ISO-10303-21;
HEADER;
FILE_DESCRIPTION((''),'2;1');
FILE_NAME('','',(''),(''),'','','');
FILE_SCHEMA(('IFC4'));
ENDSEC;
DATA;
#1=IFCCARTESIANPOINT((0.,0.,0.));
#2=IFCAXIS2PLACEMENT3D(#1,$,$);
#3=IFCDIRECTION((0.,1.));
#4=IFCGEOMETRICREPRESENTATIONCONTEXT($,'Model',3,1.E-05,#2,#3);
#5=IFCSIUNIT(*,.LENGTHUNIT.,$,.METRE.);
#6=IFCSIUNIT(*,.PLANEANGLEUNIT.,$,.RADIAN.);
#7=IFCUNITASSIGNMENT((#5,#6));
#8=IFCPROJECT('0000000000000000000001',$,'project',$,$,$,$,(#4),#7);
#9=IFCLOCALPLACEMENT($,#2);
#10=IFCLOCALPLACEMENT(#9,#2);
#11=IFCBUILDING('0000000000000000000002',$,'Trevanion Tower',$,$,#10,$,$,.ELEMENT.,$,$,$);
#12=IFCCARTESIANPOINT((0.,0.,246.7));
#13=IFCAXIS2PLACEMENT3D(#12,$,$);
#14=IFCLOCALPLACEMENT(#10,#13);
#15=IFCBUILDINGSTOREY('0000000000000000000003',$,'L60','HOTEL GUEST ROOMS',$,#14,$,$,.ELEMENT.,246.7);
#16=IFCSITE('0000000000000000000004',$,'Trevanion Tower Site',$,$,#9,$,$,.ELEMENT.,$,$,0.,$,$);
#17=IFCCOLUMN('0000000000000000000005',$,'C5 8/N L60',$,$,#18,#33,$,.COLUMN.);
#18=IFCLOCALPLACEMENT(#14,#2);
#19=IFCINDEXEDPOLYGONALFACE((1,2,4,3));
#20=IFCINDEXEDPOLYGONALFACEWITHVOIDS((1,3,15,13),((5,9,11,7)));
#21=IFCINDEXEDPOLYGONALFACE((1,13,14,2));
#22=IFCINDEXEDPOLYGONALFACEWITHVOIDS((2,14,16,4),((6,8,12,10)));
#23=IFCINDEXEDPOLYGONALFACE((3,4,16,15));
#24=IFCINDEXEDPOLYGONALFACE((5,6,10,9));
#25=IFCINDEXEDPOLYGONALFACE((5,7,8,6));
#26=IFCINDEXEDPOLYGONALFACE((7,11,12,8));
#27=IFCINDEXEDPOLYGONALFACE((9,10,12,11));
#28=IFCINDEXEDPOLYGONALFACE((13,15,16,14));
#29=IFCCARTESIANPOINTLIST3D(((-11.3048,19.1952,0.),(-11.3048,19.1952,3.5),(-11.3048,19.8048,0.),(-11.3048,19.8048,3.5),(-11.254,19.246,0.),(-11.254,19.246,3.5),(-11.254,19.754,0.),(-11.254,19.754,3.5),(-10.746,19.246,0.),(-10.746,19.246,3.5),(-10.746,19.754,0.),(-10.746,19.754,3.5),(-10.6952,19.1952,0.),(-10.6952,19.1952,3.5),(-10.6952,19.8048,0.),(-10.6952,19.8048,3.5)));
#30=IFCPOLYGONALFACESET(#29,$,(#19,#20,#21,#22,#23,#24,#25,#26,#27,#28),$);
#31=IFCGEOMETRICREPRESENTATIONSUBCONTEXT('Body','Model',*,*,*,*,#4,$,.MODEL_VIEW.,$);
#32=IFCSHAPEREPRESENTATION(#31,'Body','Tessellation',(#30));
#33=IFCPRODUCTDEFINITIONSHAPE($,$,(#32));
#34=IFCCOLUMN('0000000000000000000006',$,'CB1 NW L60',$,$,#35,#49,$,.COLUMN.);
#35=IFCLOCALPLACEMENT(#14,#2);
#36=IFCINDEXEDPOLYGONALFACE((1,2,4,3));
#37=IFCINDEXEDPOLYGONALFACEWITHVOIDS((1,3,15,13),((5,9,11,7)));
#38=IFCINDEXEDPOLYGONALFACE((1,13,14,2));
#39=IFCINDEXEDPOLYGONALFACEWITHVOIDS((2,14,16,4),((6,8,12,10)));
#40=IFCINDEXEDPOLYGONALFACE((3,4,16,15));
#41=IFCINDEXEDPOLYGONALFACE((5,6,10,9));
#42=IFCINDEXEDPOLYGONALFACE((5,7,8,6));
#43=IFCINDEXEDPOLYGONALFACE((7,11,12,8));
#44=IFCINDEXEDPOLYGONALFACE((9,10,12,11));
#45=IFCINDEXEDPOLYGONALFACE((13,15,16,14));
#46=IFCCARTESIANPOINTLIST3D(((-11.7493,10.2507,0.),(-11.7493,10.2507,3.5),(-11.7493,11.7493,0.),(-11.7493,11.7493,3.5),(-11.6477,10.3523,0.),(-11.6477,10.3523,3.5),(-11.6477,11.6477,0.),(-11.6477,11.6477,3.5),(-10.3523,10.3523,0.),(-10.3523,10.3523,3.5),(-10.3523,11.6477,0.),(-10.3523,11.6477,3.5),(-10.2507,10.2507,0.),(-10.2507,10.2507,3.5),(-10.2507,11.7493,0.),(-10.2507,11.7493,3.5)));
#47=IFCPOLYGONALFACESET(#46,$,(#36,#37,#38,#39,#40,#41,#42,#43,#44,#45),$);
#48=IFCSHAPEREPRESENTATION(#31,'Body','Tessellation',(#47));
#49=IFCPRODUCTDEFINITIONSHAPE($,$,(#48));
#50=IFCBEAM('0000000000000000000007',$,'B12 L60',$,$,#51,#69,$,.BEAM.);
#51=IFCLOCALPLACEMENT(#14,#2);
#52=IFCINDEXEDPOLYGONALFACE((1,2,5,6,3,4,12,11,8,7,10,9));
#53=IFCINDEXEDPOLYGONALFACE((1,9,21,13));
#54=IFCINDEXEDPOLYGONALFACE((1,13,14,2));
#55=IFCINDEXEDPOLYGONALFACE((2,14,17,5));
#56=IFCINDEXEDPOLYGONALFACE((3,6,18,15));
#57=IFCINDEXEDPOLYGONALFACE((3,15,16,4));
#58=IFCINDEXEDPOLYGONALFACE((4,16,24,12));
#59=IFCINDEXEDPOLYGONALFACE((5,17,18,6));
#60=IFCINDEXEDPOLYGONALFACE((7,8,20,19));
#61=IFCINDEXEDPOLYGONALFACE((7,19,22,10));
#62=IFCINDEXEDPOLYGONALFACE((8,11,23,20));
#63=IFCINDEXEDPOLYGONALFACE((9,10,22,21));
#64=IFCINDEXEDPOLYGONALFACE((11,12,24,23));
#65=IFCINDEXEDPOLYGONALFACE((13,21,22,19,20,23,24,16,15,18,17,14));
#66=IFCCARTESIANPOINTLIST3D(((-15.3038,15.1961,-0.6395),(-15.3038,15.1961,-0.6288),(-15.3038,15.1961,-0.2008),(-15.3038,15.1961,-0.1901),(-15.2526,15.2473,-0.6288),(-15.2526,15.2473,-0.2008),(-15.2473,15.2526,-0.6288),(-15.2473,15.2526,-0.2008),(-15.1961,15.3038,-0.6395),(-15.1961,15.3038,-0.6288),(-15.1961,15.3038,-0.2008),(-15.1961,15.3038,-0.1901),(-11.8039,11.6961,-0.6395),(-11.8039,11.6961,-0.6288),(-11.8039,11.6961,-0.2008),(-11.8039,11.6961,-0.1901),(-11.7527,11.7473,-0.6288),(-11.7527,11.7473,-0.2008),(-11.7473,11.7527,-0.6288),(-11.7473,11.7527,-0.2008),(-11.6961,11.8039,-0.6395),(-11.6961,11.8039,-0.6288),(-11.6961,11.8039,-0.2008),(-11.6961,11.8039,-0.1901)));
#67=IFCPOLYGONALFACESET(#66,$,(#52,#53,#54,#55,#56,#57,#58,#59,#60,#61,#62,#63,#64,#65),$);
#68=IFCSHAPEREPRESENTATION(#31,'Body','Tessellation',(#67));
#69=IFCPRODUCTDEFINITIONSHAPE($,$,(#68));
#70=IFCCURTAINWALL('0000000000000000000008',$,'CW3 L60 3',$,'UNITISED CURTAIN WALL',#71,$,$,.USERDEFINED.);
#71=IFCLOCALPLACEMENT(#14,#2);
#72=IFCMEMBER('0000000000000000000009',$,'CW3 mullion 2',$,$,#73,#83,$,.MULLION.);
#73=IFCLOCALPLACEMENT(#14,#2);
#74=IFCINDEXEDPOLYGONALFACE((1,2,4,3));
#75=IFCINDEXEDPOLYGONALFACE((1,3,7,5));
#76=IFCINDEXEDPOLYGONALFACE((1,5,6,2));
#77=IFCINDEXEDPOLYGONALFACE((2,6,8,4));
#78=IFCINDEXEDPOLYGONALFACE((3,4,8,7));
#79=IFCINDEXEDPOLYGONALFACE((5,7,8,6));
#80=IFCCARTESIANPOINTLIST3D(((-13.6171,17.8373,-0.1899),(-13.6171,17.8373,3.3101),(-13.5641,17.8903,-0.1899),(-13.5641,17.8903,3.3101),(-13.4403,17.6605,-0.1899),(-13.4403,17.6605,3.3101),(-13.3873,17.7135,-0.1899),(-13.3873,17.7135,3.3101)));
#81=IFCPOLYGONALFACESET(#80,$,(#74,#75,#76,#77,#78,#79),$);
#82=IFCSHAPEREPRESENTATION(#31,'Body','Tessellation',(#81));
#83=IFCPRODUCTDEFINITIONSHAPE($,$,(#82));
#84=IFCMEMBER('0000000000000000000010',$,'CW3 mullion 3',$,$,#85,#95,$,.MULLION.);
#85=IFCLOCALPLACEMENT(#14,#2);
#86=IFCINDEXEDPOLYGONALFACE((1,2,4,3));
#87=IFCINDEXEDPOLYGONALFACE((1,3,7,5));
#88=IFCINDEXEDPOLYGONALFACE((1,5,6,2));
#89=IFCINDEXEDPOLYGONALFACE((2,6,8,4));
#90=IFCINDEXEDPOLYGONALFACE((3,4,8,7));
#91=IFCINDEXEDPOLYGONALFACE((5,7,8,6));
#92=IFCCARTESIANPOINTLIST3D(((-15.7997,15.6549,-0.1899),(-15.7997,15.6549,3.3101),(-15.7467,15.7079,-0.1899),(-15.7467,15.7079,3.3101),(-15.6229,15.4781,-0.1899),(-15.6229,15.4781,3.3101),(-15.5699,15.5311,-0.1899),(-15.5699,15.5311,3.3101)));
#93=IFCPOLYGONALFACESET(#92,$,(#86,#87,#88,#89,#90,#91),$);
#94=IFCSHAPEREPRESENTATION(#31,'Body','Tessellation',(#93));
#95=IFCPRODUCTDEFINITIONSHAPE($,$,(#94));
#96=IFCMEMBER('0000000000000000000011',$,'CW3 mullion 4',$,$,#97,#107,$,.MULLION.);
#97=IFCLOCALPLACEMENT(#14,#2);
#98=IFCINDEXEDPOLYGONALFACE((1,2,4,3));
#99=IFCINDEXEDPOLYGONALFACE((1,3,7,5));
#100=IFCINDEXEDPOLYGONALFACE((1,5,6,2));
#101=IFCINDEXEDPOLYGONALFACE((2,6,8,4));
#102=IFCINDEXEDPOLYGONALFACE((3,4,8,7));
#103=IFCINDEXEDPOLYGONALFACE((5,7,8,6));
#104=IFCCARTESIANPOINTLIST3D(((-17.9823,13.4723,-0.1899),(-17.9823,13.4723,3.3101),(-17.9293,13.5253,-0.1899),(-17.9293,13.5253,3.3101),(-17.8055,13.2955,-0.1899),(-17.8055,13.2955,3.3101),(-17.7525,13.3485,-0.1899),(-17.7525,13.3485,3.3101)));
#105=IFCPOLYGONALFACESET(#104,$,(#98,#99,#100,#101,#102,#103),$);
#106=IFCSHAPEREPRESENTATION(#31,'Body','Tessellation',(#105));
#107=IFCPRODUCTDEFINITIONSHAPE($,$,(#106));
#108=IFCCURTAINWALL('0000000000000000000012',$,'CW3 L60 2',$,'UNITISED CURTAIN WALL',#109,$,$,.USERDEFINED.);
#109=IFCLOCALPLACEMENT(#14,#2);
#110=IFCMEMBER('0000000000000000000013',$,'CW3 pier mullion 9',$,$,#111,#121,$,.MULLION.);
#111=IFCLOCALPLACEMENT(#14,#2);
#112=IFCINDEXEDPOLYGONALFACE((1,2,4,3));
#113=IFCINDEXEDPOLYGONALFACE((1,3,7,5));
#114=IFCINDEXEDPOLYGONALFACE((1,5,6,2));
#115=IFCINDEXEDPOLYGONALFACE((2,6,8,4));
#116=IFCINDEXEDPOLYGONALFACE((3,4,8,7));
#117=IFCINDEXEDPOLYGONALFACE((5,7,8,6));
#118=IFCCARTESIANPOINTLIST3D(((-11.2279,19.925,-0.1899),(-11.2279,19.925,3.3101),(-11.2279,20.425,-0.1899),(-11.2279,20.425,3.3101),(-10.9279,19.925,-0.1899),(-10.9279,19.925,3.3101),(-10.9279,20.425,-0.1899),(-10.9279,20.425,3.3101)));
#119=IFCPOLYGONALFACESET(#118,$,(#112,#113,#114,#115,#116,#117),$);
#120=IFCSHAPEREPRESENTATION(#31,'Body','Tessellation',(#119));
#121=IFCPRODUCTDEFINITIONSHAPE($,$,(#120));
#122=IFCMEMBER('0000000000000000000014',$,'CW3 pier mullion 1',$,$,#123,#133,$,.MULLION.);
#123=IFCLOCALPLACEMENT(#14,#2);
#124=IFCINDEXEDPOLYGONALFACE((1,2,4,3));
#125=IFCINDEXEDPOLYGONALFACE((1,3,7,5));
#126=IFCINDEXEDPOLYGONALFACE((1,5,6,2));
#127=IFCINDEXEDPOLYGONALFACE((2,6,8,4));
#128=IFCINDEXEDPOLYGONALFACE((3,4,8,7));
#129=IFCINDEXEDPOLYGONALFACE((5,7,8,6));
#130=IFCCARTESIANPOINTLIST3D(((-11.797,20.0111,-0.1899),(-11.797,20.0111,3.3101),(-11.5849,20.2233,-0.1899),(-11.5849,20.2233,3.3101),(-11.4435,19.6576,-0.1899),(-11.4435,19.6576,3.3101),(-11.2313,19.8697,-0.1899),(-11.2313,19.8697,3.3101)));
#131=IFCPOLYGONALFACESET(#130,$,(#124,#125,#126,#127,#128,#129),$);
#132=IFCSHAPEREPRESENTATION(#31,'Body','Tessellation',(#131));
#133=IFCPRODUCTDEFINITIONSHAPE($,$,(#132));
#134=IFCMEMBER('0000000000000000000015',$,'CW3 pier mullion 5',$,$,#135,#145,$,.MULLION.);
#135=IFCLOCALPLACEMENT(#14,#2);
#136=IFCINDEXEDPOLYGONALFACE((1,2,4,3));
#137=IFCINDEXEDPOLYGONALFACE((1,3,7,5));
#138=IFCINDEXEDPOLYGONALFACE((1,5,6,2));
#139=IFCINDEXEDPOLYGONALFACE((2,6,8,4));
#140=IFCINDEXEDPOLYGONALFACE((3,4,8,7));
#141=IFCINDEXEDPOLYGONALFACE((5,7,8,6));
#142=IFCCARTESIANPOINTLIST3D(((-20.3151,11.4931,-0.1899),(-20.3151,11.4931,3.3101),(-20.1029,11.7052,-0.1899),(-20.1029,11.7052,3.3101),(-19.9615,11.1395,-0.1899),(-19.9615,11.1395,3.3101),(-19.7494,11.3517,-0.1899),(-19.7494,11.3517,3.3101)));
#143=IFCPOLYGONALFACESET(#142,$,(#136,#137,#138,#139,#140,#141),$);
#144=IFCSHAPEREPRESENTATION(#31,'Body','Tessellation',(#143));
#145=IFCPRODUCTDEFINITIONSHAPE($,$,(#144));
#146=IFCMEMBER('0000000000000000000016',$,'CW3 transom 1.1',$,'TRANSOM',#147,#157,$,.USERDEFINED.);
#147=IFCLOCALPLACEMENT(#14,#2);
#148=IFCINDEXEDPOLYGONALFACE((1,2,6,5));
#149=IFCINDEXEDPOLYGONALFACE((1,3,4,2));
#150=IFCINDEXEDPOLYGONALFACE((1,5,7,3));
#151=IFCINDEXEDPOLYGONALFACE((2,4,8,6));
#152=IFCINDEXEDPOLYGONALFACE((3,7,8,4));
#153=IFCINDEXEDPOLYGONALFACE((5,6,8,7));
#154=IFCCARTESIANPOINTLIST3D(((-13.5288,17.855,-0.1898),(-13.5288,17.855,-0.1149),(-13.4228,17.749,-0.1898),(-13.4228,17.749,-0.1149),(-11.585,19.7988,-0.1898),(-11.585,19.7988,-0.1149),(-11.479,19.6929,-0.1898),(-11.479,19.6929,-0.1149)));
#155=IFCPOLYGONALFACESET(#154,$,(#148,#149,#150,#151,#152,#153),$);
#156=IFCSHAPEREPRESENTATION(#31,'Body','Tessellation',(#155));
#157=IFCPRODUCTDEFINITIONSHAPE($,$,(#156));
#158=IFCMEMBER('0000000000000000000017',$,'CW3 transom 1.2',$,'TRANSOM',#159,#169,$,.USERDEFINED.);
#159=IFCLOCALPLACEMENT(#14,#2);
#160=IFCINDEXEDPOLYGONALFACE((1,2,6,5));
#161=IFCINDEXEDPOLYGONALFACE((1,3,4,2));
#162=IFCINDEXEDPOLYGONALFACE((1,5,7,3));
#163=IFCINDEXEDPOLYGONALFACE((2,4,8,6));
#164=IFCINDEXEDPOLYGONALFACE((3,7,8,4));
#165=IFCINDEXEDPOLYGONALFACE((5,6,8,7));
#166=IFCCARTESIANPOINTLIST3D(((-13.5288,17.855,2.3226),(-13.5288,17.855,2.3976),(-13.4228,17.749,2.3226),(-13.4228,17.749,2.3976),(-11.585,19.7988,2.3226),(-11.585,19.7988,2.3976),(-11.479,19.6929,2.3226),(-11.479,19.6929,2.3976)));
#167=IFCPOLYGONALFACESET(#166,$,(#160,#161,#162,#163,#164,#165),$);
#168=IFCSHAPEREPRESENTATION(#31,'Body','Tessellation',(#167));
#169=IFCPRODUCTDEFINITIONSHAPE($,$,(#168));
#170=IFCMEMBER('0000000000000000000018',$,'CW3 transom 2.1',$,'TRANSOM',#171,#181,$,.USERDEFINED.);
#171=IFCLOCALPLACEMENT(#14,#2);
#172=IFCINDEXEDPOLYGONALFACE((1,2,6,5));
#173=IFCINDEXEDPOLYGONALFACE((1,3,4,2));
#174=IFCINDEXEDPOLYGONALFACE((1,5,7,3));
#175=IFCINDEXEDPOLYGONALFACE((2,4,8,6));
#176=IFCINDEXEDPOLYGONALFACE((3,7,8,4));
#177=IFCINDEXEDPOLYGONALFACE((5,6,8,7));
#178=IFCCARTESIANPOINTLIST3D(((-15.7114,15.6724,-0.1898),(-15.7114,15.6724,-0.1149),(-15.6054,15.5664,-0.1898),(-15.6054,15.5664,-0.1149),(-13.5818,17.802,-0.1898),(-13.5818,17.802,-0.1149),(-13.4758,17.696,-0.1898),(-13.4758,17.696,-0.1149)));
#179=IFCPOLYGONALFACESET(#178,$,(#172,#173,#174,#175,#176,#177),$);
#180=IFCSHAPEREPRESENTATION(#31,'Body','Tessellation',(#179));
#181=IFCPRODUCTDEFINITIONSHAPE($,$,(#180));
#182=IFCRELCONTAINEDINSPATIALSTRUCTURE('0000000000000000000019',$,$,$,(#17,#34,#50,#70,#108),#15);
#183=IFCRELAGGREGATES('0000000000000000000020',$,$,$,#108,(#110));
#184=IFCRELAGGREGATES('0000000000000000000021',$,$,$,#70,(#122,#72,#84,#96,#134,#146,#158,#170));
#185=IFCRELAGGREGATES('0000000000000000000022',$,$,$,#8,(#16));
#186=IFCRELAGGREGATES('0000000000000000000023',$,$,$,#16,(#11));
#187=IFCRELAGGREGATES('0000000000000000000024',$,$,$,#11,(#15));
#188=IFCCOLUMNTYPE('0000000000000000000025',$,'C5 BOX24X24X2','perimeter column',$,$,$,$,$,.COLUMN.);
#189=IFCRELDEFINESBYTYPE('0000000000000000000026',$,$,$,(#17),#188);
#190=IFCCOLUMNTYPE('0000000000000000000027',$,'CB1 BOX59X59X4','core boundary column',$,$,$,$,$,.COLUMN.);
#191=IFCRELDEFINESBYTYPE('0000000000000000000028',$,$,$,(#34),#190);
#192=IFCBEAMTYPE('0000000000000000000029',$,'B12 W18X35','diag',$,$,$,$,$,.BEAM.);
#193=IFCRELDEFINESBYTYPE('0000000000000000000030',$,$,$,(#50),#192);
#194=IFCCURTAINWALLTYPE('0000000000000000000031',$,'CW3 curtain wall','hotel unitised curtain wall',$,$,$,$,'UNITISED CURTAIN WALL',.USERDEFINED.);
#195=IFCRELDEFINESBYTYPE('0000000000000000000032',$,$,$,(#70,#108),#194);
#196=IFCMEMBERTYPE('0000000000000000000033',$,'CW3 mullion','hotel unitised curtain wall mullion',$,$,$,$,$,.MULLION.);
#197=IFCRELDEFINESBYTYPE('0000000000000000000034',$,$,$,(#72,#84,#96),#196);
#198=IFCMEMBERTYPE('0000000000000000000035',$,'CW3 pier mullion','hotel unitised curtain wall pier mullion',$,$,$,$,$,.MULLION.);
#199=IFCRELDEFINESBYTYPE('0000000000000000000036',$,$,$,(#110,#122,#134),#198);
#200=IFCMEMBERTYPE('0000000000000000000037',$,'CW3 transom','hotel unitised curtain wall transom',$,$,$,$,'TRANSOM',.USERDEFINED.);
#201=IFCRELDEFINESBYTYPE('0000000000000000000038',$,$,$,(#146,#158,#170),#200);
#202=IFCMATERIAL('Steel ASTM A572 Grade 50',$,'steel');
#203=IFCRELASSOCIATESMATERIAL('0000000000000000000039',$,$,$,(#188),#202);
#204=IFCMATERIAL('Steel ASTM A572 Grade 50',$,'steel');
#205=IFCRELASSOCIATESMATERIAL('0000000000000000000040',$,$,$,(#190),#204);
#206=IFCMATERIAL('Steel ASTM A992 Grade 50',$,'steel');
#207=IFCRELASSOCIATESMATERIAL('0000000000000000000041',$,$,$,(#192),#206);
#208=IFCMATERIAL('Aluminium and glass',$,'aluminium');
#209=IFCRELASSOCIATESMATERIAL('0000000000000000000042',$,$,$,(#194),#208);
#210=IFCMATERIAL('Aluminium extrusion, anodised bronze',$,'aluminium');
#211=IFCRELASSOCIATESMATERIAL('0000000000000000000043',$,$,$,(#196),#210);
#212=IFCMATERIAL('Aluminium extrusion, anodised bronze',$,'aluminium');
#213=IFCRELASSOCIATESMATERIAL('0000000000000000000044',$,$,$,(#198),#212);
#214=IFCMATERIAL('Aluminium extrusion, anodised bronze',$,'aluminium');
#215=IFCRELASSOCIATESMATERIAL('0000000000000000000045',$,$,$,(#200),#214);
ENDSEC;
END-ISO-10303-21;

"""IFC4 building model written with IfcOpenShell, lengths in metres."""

from ifc_helpers import new_model, si_unit, direction, frame, origin, origin_2d, place, context, subcontext, project, spatial, rectangle, hollow_rectangle, i_section, extrude, material, material_profile, profile_set, type_object, element, aggregate, save


model = new_model("IFC4")

# Units and contexts
model_context = context("Model", 3, precision=1e-05, world=origin(), true_north=direction((0.0, 1.0)))
body_context = subcontext(model_context, "Body", "Model", "MODEL_VIEW")
ifc_project = project(units=[si_unit("LENGTHUNIT", "METRE"), si_unit("PLANEANGLEUNIT", "RADIAN")], contexts=[model_context])

# Site, building, storey
site_placement = place(None, origin())
site = spatial("IfcSite", under=ifc_project, at=site_placement, Name="Trevanion Tower Site", CompositionType="ELEMENT", RefElevation=0.0)
building_placement = place(site_placement, origin())
building = spatial("IfcBuilding", under=site, at=building_placement, Name="Trevanion Tower", CompositionType="ELEMENT")
storey_placement = place(building_placement, frame((0.0, 0.0, 246.7)))
storey = spatial("IfcBuildingStorey", under=building, at=storey_placement, Name="L60", Description="HOTEL GUEST ROOMS", CompositionType="ELEMENT", Elevation=246.7)

# Columns
ifc_material_1 = material(Name="Steel ASTM A572 Grade 50", Category="steel")
ifc_material_profile_1 = material_profile(ifc_material_1, hollow_rectangle(XDim=0.6096, YDim=0.6096, WallThickness=0.0508, at=origin_2d()), Name="BOX24X24X2")
ifc_profile_set_1 = profile_set([ifc_material_profile_1], Name="Steel ASTM A572 Grade 50")
column_type_1 = type_object("IfcColumnType", Name="C5 BOX24X24X2", Description="perimeter column", PredefinedType="COLUMN", material=ifc_profile_set_1)
column_1_placement = place(storey_placement, frame((-11.0, 19.5, 0.0), z_axis=(0.0, 0.0, 1.0), x_axis=(1.0, 0.0, 0.0)))
element("IfcColumn", 1, at=column_1_placement, inside=storey, type_object=column_type_1, Name="C5 8/N L60", PredefinedType="COLUMN", context=body_context, shape_type="SweptSolid", body=[
    extrude(hollow_rectangle(XDim=0.6096, YDim=0.6096, WallThickness=0.0508, at=origin_2d()), origin(), (0.0, 0.0, 1.0), 3.5),
])
ifc_material_2 = material(Name="Steel ASTM A572 Grade 50", Category="steel")
ifc_material_profile_2 = material_profile(ifc_material_2, hollow_rectangle(XDim=1.4985, YDim=1.4985, WallThickness=0.1016, at=origin_2d()), Name="BOX59X59X4")
ifc_profile_set_2 = profile_set([ifc_material_profile_2], Name="Steel ASTM A572 Grade 50")
column_type_2 = type_object("IfcColumnType", Name="CB1 BOX59X59X4", Description="core boundary column", PredefinedType="COLUMN", material=ifc_profile_set_2)
column_2_placement = place(storey_placement, frame((-11.0, 11.0, 0.0), z_axis=(0.0, 0.0, 1.0), x_axis=(1.0, 0.0, 0.0)))
element("IfcColumn", 2, at=column_2_placement, inside=storey, type_object=column_type_2, Name="CB1 NW L60", PredefinedType="COLUMN", context=body_context, shape_type="SweptSolid", body=[
    extrude(hollow_rectangle(XDim=1.4985, YDim=1.4985, WallThickness=0.1016, at=origin_2d()), origin(), (0.0, 0.0, 1.0), 3.5),
])

# Beam
ifc_material_3 = material(Name="Steel ASTM A992 Grade 50", Category="steel")
ifc_material_profile_3 = material_profile(ifc_material_3, i_section(OverallWidth=0.1523, OverallDepth=0.4495, WebThickness=0.0076, FlangeThickness=0.0107, at=origin_2d()), Name="W18X35")
ifc_profile_set_3 = profile_set([ifc_material_profile_3], Name="Steel ASTM A992 Grade 50")
beam_type_1 = type_object("IfcBeamType", Name="B12 W18X35", Description="diag", PredefinedType="BEAM", material=ifc_profile_set_3)
beam_1_placement = place(storey_placement, frame((-11.75, 11.75, -0.4148), z_axis=(-0.707107, 0.707107, 0.0), x_axis=(-0.707107, -0.707107, 0.0)))
element("IfcBeam", 3, at=beam_1_placement, inside=storey, type_object=beam_type_1, Name="B12 L60", PredefinedType="BEAM", context=body_context, shape_type="SweptSolid", body=[
    extrude(i_section(OverallWidth=0.1523, OverallDepth=0.4495, WebThickness=0.0076, FlangeThickness=0.0107, at=origin_2d()), origin(), (0.0, 0.0, 1.0), 4.9497),
])

# Curtain wall, members
ifc_material_4 = material(Name="Aluminium and glass", Category="aluminium")
curtain_wall_type = type_object("IfcCurtainWallType", Name="CW3 curtain wall", Description="hotel unitised curtain wall", ElementType="UNITISED CURTAIN WALL", PredefinedType="USERDEFINED", material=ifc_material_4)
curtain_wall_1_placement = place(storey_placement, origin())
curtain_wall_1 = element("IfcCurtainWall", 4, at=curtain_wall_1_placement, inside=storey, type_object=curtain_wall_type, Name="CW3 L60 3", ObjectType="UNITISED CURTAIN WALL", PredefinedType="USERDEFINED")
ifc_material_5 = material(Name="Aluminium extrusion, anodised bronze", Category="aluminium")
ifc_material_profile_4 = material_profile(ifc_material_5, rectangle(XDim=0.075, YDim=0.25, at=origin_2d()), Name="CW3 mullion")
ifc_profile_set_4 = profile_set([ifc_material_profile_4], Name="Aluminium extrusion, anodised bronze")
member_type_1 = type_object("IfcMemberType", Name="CW3 mullion", Description="hotel unitised curtain wall mullion", PredefinedType="MULLION", material=ifc_profile_set_4)
member_1_placement = place(storey_placement, frame((-13.5022, 17.7754, -0.1899), z_axis=(0.0, 0.0, 1.0), x_axis=(-0.707107, -0.707107, 0.0)))
member_1 = element("IfcMember", 5, at=member_1_placement, type_object=member_type_1, Name="CW3 mullion 2", PredefinedType="MULLION", context=body_context, shape_type="SweptSolid", body=[
    extrude(rectangle(XDim=0.075, YDim=0.25, at=origin_2d()), origin(), (0.0, 0.0, 1.0), 3.5),
])
member_2_placement = place(storey_placement, frame((-15.6848, 15.593, -0.1899), z_axis=(0.0, 0.0, 1.0), x_axis=(-0.707107, -0.707107, 0.0)))
member_2 = element("IfcMember", 6, at=member_2_placement, type_object=member_type_1, Name="CW3 mullion 3", PredefinedType="MULLION", context=body_context, shape_type="SweptSolid", body=[
    extrude(rectangle(XDim=0.075, YDim=0.25, at=origin_2d()), origin(), (0.0, 0.0, 1.0), 3.5),
])
member_3_placement = place(storey_placement, frame((-17.8674, 13.4104, -0.1899), z_axis=(0.0, 0.0, 1.0), x_axis=(-0.707107, -0.707107, 0.0)))
member_3 = element("IfcMember", 7, at=member_3_placement, type_object=member_type_1, Name="CW3 mullion 4", PredefinedType="MULLION", context=body_context, shape_type="SweptSolid", body=[
    extrude(rectangle(XDim=0.075, YDim=0.25, at=origin_2d()), origin(), (0.0, 0.0, 1.0), 3.5),
])

# Curtain wall, member
curtain_wall_2_placement = place(storey_placement, origin())
curtain_wall_2 = element("IfcCurtainWall", 8, at=curtain_wall_2_placement, inside=storey, type_object=curtain_wall_type, Name="CW3 L60 2", ObjectType="UNITISED CURTAIN WALL", PredefinedType="USERDEFINED")
ifc_material_6 = material(Name="Aluminium extrusion, anodised bronze", Category="aluminium")
ifc_material_profile_5 = material_profile(ifc_material_6, rectangle(XDim=0.3, YDim=0.5, at=origin_2d()), Name="CW3 pier mullion")
ifc_profile_set_5 = profile_set([ifc_material_profile_5], Name="Aluminium extrusion, anodised bronze")
member_type_2 = type_object("IfcMemberType", Name="CW3 pier mullion", Description="hotel unitised curtain wall pier mullion", PredefinedType="MULLION", material=ifc_profile_set_5)
member_4_placement = place(storey_placement, frame((-11.0779, 20.175, -0.1899), z_axis=(0.0, 0.0, 1.0), x_axis=(-1.0, 0.0, 0.0)))
member_4 = element("IfcMember", 9, at=member_4_placement, type_object=member_type_2, Name="CW3 pier mullion 9", PredefinedType="MULLION", context=body_context, shape_type="SweptSolid", body=[
    extrude(rectangle(XDim=0.3, YDim=0.5, at=origin_2d()), origin(), (0.0, 0.0, 1.0), 3.5),
])
aggregate(curtain_wall_2, [member_4])

# Members
member_5_placement = place(storey_placement, frame((-11.5142, 19.9404, -0.1899), z_axis=(0.0, 0.0, 1.0), x_axis=(-0.707107, -0.707107, 0.0)))
member_5 = element("IfcMember", 10, at=member_5_placement, type_object=member_type_2, Name="CW3 pier mullion 1", PredefinedType="MULLION", context=body_context, shape_type="SweptSolid", body=[
    extrude(rectangle(XDim=0.3, YDim=0.5, at=origin_2d()), origin(), (0.0, 0.0, 1.0), 3.5),
])
member_6_placement = place(storey_placement, frame((-20.0322, 11.4224, -0.1899), z_axis=(0.0, 0.0, 1.0), x_axis=(-0.707107, -0.707107, 0.0)))
member_6 = element("IfcMember", 11, at=member_6_placement, type_object=member_type_2, Name="CW3 pier mullion 5", PredefinedType="MULLION", context=body_context, shape_type="SweptSolid", body=[
    extrude(rectangle(XDim=0.3, YDim=0.5, at=origin_2d()), origin(), (0.0, 0.0, 1.0), 3.5),
])
ifc_material_7 = material(Name="Aluminium extrusion, anodised bronze", Category="aluminium")
ifc_material_profile_6 = material_profile(ifc_material_7, rectangle(XDim=0.1499, YDim=0.075, at=origin_2d()), Name="CW3 transom")
ifc_profile_set_6 = profile_set([ifc_material_profile_6], Name="Aluminium extrusion, anodised bronze")
member_type_3 = type_object("IfcMemberType", Name="CW3 transom", Description="hotel unitised curtain wall transom", ElementType="TRANSOM", PredefinedType="USERDEFINED", material=ifc_profile_set_6)
member_7_placement = place(storey_placement, frame((-11.532, 19.7458, -0.1523), z_axis=(-0.707107, -0.707107, 0.0), x_axis=(0.707107, -0.707107, 0.0)))
member_7 = element("IfcMember", 12, at=member_7_placement, type_object=member_type_3, Name="CW3 transom 1.1", ObjectType="TRANSOM", PredefinedType="USERDEFINED", context=body_context, shape_type="SweptSolid", body=[
    extrude(rectangle(XDim=0.1499, YDim=0.075, at=origin_2d()), origin(), (0.0, 0.0, 1.0), 2.749),
])
member_8_placement = place(storey_placement, frame((-11.532, 19.7458, 2.3601), z_axis=(-0.707107, -0.707107, 0.0), x_axis=(0.707107, -0.707107, 0.0)))
member_8 = element("IfcMember", 13, at=member_8_placement, type_object=member_type_3, Name="CW3 transom 1.2", ObjectType="TRANSOM", PredefinedType="USERDEFINED", context=body_context, shape_type="SweptSolid", body=[
    extrude(rectangle(XDim=0.1499, YDim=0.075, at=origin_2d()), origin(), (0.0, 0.0, 1.0), 2.749),
])
member_9_placement = place(storey_placement, frame((-13.5288, 17.749, -0.1523), z_axis=(-0.707107, -0.707107, 0.0), x_axis=(0.707107, -0.707107, 0.0)))
member_9 = element("IfcMember", 14, at=member_9_placement, type_object=member_type_3, Name="CW3 transom 2.1", ObjectType="TRANSOM", PredefinedType="USERDEFINED", context=body_context, shape_type="SweptSolid", body=[
    extrude(rectangle(XDim=0.1499, YDim=0.075, at=origin_2d()), origin(), (0.0, 0.0, 1.0), 3.0117),
])

aggregate(curtain_wall_1, [member_5, member_1, member_2, member_3, member_6, member_7, member_8, member_9])

save(model, "model.ifc")
